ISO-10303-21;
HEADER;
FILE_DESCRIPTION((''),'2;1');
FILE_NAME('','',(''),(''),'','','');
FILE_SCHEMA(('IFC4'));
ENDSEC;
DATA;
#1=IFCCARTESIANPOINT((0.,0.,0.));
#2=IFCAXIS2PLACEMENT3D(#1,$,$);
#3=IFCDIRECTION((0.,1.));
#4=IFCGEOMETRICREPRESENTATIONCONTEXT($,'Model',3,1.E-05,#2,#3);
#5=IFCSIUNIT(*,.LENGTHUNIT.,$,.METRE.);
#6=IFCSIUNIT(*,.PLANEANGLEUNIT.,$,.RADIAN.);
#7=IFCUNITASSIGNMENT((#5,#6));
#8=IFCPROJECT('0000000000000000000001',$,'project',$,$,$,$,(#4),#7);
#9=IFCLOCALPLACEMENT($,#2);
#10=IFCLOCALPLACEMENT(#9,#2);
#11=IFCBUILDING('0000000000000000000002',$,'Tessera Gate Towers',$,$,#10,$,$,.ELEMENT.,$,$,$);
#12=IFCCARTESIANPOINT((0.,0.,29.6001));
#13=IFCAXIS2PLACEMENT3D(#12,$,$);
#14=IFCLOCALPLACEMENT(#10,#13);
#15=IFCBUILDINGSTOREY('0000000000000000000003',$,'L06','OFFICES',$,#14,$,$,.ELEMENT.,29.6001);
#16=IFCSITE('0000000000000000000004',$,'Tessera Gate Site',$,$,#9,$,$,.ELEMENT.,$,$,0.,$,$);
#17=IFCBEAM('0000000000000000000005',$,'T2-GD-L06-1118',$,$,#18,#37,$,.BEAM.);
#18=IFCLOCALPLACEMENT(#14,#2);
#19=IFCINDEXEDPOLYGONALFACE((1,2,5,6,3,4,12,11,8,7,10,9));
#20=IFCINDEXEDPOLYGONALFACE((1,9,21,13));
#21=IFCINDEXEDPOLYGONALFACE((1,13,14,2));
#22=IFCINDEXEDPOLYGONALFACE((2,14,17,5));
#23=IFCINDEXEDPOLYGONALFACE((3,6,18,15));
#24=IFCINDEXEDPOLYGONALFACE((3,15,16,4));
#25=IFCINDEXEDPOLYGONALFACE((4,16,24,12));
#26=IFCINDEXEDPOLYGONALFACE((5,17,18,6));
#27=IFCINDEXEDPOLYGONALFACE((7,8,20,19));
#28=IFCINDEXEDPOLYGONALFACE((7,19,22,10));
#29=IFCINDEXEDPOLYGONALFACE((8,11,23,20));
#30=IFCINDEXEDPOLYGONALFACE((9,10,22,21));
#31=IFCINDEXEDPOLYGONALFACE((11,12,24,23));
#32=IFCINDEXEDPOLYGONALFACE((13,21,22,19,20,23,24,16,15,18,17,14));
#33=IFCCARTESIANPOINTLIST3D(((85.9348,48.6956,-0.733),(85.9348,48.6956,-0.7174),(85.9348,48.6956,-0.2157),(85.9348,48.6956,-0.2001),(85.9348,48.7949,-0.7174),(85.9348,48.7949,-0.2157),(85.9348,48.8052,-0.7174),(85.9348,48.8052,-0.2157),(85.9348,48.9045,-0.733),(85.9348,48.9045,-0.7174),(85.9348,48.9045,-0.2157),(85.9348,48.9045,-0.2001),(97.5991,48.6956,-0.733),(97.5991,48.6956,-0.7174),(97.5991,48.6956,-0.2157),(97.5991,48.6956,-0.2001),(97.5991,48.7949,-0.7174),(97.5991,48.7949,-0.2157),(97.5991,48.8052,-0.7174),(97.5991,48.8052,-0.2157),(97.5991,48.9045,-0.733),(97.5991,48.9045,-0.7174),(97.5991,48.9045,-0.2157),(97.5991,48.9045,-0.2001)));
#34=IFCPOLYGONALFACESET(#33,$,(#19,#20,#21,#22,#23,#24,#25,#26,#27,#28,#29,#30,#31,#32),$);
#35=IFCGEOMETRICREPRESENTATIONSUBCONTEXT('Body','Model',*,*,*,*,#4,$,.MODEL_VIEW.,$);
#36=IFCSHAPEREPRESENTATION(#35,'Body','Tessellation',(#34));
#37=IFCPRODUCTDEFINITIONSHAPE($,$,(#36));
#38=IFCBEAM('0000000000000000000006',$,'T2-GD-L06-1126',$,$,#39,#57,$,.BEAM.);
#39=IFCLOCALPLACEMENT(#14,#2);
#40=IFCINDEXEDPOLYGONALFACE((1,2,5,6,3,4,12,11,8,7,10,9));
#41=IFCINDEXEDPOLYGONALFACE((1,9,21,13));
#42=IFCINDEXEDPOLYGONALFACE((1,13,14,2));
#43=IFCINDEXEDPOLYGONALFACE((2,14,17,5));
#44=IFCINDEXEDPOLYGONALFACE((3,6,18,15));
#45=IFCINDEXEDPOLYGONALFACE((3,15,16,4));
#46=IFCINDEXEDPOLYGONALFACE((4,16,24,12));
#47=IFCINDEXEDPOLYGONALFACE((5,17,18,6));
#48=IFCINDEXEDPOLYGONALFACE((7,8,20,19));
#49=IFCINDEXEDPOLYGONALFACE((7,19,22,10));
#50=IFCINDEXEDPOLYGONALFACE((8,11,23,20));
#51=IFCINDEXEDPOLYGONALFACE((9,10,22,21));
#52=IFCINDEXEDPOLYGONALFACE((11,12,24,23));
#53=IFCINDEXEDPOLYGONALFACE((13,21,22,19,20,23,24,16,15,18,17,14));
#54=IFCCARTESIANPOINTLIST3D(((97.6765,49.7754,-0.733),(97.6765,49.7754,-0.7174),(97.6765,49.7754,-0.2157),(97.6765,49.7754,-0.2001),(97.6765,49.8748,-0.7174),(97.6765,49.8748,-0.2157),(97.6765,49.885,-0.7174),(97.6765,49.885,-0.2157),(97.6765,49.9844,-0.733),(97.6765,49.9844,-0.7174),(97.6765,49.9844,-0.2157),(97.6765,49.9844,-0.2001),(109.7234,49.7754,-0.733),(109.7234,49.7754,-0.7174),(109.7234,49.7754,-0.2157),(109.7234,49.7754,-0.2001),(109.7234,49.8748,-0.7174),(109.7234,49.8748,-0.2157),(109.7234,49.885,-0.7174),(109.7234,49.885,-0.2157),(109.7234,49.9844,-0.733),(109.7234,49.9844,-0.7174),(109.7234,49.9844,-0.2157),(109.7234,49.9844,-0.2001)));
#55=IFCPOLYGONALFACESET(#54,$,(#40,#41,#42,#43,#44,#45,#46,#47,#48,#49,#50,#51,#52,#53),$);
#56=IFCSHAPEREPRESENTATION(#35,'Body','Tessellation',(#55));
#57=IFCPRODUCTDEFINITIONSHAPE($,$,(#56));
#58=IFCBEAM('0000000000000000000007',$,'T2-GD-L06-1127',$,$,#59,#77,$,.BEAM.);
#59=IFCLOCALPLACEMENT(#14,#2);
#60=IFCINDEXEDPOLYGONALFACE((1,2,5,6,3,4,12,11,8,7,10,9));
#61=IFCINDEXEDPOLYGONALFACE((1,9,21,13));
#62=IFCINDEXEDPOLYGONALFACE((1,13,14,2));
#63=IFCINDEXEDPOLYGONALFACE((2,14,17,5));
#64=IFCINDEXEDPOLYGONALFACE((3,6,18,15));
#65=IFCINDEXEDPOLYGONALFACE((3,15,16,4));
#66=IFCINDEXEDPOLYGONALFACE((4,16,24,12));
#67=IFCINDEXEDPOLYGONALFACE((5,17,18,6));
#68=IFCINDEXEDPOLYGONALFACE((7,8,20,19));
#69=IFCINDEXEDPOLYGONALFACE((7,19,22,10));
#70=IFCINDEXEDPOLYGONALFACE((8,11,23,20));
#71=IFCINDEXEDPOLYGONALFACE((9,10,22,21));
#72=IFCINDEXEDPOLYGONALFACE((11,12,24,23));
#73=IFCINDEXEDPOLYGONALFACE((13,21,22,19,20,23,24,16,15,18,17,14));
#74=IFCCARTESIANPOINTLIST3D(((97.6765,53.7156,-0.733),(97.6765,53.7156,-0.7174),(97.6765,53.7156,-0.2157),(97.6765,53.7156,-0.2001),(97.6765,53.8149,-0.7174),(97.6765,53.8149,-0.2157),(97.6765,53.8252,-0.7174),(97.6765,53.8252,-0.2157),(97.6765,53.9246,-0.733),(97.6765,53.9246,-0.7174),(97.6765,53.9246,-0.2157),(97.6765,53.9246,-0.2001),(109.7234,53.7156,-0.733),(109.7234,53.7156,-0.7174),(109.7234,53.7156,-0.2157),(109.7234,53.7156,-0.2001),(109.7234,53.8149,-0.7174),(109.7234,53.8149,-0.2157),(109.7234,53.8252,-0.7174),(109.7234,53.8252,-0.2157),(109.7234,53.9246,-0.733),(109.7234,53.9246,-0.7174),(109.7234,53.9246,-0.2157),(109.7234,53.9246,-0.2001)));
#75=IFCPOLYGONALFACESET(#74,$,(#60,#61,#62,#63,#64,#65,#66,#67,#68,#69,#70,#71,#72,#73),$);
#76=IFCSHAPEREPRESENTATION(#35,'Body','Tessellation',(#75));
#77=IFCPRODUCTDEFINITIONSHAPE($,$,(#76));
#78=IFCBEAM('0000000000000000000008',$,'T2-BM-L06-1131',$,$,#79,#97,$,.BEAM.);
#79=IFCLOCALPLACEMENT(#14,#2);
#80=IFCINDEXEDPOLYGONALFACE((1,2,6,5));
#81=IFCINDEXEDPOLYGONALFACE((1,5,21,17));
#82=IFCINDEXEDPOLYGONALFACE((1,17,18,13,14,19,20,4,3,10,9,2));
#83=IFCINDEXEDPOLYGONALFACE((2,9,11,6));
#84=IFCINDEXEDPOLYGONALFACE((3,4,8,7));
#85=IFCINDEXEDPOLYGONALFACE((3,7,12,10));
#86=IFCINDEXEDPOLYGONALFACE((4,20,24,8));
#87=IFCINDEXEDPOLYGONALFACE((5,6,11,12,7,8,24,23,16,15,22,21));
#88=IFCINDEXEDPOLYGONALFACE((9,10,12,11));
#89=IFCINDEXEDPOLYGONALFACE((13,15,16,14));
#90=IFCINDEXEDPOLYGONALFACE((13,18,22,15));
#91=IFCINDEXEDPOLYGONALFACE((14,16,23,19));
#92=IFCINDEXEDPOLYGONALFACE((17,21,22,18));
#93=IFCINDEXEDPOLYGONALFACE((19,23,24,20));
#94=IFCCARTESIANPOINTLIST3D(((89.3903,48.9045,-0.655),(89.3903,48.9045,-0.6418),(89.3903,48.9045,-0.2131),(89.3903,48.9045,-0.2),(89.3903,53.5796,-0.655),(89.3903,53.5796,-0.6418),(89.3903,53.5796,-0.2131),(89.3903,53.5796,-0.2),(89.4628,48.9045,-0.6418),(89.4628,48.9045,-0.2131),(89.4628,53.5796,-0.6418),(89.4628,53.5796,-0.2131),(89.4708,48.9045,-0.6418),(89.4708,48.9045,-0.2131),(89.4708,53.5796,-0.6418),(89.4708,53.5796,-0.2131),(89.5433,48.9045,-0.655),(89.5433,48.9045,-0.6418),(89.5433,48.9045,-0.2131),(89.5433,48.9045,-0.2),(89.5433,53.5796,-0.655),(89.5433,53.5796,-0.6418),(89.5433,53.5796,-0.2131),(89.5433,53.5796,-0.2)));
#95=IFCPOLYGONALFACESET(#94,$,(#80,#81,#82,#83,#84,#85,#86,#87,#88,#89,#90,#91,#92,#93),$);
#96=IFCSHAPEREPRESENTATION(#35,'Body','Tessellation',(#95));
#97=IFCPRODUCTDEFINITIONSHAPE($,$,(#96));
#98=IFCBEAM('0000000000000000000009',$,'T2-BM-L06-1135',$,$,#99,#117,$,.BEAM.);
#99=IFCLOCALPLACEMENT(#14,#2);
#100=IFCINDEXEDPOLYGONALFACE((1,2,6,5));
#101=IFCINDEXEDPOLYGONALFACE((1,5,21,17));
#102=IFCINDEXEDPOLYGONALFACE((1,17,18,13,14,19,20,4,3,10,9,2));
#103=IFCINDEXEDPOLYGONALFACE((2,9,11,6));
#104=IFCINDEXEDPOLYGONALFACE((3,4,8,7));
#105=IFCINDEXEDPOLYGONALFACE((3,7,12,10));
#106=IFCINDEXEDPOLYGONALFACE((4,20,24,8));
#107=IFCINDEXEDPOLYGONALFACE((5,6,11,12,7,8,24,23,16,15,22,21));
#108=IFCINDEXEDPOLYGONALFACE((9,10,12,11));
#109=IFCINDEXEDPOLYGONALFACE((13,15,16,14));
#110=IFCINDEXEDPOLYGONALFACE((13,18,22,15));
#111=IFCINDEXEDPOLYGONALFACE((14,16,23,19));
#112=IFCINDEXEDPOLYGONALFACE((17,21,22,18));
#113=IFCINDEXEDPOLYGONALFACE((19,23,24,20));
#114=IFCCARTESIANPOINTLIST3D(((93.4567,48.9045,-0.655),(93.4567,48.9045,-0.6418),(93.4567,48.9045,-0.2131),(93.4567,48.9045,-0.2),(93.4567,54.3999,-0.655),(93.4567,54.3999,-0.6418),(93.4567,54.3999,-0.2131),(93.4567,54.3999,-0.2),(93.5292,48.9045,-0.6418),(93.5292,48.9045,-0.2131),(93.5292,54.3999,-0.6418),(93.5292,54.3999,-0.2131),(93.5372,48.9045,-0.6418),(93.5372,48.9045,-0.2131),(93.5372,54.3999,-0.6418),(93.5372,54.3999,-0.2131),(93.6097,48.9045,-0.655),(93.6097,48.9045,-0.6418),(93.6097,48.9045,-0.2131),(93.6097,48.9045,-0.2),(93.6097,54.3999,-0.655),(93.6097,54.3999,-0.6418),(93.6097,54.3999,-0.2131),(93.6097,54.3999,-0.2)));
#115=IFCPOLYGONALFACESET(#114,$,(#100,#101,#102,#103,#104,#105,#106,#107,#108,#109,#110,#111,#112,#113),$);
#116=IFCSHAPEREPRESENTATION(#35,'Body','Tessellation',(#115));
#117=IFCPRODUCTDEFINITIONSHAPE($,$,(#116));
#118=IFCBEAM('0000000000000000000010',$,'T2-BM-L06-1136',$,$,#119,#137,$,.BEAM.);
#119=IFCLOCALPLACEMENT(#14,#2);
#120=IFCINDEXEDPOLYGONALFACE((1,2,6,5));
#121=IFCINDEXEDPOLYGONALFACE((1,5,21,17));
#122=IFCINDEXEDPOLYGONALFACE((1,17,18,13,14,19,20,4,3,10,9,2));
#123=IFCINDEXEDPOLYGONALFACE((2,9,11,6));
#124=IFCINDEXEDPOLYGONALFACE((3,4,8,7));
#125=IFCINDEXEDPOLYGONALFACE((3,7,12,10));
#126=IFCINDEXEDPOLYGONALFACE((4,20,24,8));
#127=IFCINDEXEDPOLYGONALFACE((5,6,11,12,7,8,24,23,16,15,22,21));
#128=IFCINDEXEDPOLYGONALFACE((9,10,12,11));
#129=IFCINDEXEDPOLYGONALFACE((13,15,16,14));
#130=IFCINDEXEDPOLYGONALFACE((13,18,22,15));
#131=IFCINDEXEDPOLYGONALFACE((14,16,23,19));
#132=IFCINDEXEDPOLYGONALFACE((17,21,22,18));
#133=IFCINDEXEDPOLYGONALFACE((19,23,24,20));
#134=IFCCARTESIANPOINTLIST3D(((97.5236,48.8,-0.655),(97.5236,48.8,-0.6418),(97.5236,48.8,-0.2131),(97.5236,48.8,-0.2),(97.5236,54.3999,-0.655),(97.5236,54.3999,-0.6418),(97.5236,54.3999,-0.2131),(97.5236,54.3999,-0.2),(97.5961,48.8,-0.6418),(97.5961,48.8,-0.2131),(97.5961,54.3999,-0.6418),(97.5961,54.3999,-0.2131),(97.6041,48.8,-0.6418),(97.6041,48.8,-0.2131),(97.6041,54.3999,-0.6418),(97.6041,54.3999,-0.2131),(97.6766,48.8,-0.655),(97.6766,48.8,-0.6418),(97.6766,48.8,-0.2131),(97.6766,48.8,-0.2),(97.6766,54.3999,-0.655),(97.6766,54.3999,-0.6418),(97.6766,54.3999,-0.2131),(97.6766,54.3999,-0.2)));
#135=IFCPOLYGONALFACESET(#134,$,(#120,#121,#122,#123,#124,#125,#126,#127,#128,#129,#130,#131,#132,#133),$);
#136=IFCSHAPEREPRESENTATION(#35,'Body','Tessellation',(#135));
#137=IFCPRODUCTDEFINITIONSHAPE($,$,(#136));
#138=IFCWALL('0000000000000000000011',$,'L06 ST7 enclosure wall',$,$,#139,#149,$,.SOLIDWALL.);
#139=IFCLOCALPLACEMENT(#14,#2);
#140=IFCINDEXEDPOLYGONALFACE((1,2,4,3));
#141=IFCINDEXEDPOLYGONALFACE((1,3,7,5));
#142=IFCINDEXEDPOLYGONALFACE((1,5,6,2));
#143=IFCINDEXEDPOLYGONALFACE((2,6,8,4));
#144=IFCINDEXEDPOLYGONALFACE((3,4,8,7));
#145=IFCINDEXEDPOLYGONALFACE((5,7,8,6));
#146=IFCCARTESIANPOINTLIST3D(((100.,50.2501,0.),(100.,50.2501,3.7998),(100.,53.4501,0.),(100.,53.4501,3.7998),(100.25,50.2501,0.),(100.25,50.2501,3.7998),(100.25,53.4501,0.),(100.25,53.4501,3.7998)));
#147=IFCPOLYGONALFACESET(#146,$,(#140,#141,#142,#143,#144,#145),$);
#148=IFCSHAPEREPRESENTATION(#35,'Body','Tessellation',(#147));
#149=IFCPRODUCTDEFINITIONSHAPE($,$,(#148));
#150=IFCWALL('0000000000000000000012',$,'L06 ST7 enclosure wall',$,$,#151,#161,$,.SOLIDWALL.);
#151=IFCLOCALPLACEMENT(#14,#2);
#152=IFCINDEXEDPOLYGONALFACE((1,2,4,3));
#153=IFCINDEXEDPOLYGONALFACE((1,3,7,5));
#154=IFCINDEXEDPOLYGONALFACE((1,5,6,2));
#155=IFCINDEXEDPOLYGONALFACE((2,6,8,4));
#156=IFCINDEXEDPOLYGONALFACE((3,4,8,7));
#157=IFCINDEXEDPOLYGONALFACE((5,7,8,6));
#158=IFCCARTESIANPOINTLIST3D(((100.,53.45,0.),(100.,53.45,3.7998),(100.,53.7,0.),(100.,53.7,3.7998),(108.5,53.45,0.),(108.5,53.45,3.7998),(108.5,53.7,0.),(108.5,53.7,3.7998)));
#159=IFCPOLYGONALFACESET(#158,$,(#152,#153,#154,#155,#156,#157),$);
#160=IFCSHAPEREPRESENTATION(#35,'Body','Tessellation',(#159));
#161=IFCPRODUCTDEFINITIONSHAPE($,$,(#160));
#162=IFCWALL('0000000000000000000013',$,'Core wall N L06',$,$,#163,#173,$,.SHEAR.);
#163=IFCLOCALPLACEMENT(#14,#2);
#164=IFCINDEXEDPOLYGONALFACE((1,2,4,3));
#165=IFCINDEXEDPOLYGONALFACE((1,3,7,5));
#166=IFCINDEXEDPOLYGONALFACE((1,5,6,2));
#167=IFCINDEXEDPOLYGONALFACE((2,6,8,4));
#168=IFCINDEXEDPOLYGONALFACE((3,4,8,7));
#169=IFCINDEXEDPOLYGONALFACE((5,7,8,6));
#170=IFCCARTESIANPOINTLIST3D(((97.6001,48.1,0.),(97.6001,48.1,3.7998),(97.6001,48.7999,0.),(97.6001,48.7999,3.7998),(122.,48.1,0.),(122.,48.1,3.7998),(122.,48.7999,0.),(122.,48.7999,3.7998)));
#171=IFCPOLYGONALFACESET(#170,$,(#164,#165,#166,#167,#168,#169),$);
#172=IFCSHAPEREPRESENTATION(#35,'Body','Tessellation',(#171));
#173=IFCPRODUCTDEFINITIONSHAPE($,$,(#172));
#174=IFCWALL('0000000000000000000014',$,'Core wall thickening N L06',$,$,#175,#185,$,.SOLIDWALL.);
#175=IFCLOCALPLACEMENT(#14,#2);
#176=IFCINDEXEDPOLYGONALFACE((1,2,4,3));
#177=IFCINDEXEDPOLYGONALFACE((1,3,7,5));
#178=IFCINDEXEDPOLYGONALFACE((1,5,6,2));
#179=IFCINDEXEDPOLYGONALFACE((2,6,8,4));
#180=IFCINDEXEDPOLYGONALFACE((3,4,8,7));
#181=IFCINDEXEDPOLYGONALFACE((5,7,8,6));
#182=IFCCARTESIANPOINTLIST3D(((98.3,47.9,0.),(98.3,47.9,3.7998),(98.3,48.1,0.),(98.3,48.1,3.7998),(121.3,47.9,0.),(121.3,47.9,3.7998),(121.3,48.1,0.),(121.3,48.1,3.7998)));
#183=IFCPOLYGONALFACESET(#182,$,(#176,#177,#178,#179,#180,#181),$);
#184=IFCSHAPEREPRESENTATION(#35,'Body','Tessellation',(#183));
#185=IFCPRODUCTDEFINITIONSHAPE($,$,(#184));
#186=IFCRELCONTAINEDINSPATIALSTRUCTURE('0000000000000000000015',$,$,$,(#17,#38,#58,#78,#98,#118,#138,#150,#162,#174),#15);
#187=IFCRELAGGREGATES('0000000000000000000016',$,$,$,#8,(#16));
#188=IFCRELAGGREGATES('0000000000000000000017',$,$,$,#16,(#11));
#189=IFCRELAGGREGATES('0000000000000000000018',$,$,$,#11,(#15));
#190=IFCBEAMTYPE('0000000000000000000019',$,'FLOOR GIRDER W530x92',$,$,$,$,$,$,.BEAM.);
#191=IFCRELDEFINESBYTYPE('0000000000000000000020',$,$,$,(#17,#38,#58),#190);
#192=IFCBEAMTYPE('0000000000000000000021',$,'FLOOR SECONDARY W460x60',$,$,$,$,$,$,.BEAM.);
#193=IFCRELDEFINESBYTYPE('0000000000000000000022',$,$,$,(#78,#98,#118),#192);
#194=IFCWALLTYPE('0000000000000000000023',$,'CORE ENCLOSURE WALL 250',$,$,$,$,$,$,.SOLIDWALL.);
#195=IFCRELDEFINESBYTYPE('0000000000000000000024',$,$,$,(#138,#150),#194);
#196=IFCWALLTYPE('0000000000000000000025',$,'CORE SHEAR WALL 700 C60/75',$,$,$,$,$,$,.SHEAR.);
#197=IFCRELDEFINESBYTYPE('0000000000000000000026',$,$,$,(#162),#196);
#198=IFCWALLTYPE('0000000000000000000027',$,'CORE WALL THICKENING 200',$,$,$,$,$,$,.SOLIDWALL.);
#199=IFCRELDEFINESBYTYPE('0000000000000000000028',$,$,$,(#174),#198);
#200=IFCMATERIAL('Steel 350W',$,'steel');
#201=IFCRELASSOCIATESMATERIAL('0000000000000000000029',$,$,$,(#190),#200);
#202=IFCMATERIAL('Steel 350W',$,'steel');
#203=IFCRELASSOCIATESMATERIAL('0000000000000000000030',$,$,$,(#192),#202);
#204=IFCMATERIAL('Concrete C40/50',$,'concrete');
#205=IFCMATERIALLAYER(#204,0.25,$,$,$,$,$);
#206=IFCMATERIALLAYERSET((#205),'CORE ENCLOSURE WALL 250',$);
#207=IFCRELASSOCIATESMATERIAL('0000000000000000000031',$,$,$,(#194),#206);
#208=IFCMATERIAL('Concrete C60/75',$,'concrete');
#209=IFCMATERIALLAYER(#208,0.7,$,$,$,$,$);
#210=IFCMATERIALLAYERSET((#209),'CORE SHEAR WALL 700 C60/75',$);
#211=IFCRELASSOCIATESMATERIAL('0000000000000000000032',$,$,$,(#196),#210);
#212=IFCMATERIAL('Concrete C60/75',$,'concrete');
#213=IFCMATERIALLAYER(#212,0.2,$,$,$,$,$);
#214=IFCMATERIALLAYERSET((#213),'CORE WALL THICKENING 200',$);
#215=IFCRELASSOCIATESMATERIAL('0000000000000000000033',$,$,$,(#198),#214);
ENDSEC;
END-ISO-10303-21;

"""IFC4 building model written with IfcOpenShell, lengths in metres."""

from ifc_helpers import new_model, si_unit, direction, frame, frame_2d, origin, origin_2d, place, context, subcontext, project, spatial, rectangle, i_section, extrude, material, layer, layer_set, material_profile, profile_set, type_object, element, save


model = new_model("IFC4")

# Units and contexts
model_context = context("Model", 3, precision=1e-05, world=origin(), true_north=direction((0.0, 1.0)))
body_context = subcontext(model_context, "Body", "Model", "MODEL_VIEW")
ifc_project = project(units=[si_unit("LENGTHUNIT", "METRE"), si_unit("PLANEANGLEUNIT", "RADIAN")], contexts=[model_context])

# Site, building, storey
site_placement = place(None, origin())
site = spatial("IfcSite", under=ifc_project, at=site_placement, Name="Tessera Gate Site", CompositionType="ELEMENT", RefElevation=0.0)
building_placement = place(site_placement, origin())
building = spatial("IfcBuilding", under=site, at=building_placement, Name="Tessera Gate Towers", CompositionType="ELEMENT")
storey_placement = place(building_placement, frame((0.0, 0.0, 29.6001)))
storey = spatial("IfcBuildingStorey", under=building, at=storey_placement, Name="L06", Description="OFFICES", CompositionType="ELEMENT", Elevation=29.6001)

# Beams
ifc_material_1 = material(Name="Steel 350W", Category="steel")
ifc_material_profile_1 = material_profile(ifc_material_1, i_section(OverallWidth=0.209, OverallDepth=0.533, WebThickness=0.0103, FlangeThickness=0.0156, at=origin_2d()), Name="W530x92")
ifc_profile_set_1 = profile_set([ifc_material_profile_1], Name="Steel 350W")
beam_type_1 = type_object("IfcBeamType", Name="FLOOR GIRDER W530x92", PredefinedType="BEAM", material=ifc_profile_set_1)
beam_1_placement = place(storey_placement, frame((85.9348, 48.8, -0.4666), z_axis=(1.0, 0.0, 0.0), x_axis=(0.0, 1.0, 0.0)))
element("IfcBeam", 1, at=beam_1_placement, inside=storey, type_object=beam_type_1, Name="T2-GD-L06-1118", PredefinedType="BEAM", context=body_context, shape_type="SweptSolid", body=[
    extrude(i_section(OverallWidth=0.209, OverallDepth=0.533, WebThickness=0.0103, FlangeThickness=0.0156, at=origin_2d()), origin(), (0.0, 0.0, 1.0), 11.6643),
])
for number, where, z_axis, x_axis, name in (
    (2, (97.6765, 49.8799, -0.4666), (1.0, 0.0, 0.0), (0.0, 1.0, 0.0), "T2-GD-L06-1126"),
    (3, (97.6765, 53.8201, -0.4666), (1.0, 0.0, 0.0), (0.0, 1.0, 0.0), "T2-GD-L06-1127"),
):
    element("IfcBeam", number, at=place(storey_placement, frame(where, z_axis=z_axis, x_axis=x_axis)), inside=storey, type_object=beam_type_1, Name=name, PredefinedType="BEAM", context=body_context, shape_type="SweptSolid", body=[
        extrude(i_section(OverallWidth=0.209, OverallDepth=0.533, WebThickness=0.0103, FlangeThickness=0.0156, at=origin_2d()), origin(), (0.0, 0.0, 1.0), 12.0469),
    ])
ifc_material_2 = material(Name="Steel 350W", Category="steel")
ifc_material_profile_2 = material_profile(ifc_material_2, i_section(OverallWidth=0.1531, OverallDepth=0.4551, WebThickness=0.0081, FlangeThickness=0.0132, at=origin_2d()), Name="W460x60")
ifc_profile_set_2 = profile_set([ifc_material_profile_2], Name="Steel 350W")
beam_type_2 = type_object("IfcBeamType", Name="FLOOR SECONDARY W460x60", PredefinedType="BEAM", material=ifc_profile_set_2)
beam_2_placement = place(storey_placement, frame((89.4668, 48.9045, -0.4275), z_axis=(0.0, 1.0, 0.0), x_axis=(-1.0, 0.0, 0.0)))
element("IfcBeam", 4, at=beam_2_placement, inside=storey, type_object=beam_type_2, Name="T2-BM-L06-1131", PredefinedType="BEAM", context=body_context, shape_type="SweptSolid", body=[
    extrude(i_section(OverallWidth=0.1531, OverallDepth=0.4551, WebThickness=0.0081, FlangeThickness=0.0132, at=origin_2d()), origin(), (0.0, 0.0, 1.0), 4.675),
])
beam_3_placement = place(storey_placement, frame((93.5332, 48.9045, -0.4275), z_axis=(0.0, 1.0, 0.0), x_axis=(-1.0, 0.0, 0.0)))
element("IfcBeam", 5, at=beam_3_placement, inside=storey, type_object=beam_type_2, Name="T2-BM-L06-1135", PredefinedType="BEAM", context=body_context, shape_type="SweptSolid", body=[
    extrude(i_section(OverallWidth=0.1531, OverallDepth=0.4551, WebThickness=0.0081, FlangeThickness=0.0132, at=origin_2d()), origin(), (0.0, 0.0, 1.0), 5.4954),
])
beam_4_placement = place(storey_placement, frame((97.6001, 48.8, -0.4275), z_axis=(0.0, 1.0, 0.0), x_axis=(-1.0, 0.0, 0.0)))
element("IfcBeam", 6, at=beam_4_placement, inside=storey, type_object=beam_type_2, Name="T2-BM-L06-1136", PredefinedType="BEAM", context=body_context, shape_type="SweptSolid", body=[
    extrude(i_section(OverallWidth=0.1531, OverallDepth=0.4551, WebThickness=0.0081, FlangeThickness=0.0132, at=origin_2d()), origin(), (0.0, 0.0, 1.0), 5.5999),
])

# Walls
ifc_material_3 = material(Name="Concrete C40/50", Category="concrete")
ifc_layer_1 = layer(ifc_material_3, 0.25)
ifc_layer_set_1 = layer_set([ifc_layer_1], Name="CORE ENCLOSURE WALL 250")
wall_type_1 = type_object("IfcWallType", Name="CORE ENCLOSURE WALL 250", PredefinedType="SOLIDWALL", material=ifc_layer_set_1)
wall_1_placement = place(storey_placement, frame((100.125, 50.25, 0.0), z_axis=(0.0, 0.0, 1.0), x_axis=(0.0, 1.0, 0.0)))
element("IfcWall", 7, at=wall_1_placement, inside=storey, type_object=wall_type_1, Name="L06 ST7 enclosure wall", PredefinedType="SOLIDWALL", context=body_context, shape_type="SweptSolid", body=[
    extrude(rectangle(XDim=3.2, YDim=0.25, at=frame_2d((1.6001, 0.0))), origin(), (0.0, 0.0, 1.0), 3.7998),
])
wall_2_placement = place(storey_placement, frame((100.0, 53.575, 0.0), z_axis=(0.0, 0.0, 1.0), x_axis=(1.0, 0.0, 0.0)))
element("IfcWall", 8, at=wall_2_placement, inside=storey, type_object=wall_type_1, Name="L06 ST7 enclosure wall", PredefinedType="SOLIDWALL", context=body_context, shape_type="SweptSolid", body=[
    extrude(rectangle(XDim=8.5, YDim=0.25, at=frame_2d((4.25, 0.0))), origin(), (0.0, 0.0, 1.0), 3.7998),
])
ifc_material_4 = material(Name="Concrete C60/75", Category="concrete")
ifc_layer_2 = layer(ifc_material_4, 0.7)
ifc_layer_set_2 = layer_set([ifc_layer_2], Name="CORE SHEAR WALL 700 C60/75")
wall_type_2 = type_object("IfcWallType", Name="CORE SHEAR WALL 700 C60/75", PredefinedType="SHEAR", material=ifc_layer_set_2)
wall_3_placement = place(storey_placement, frame((97.6001, 48.45, 0.0), z_axis=(0.0, 0.0, 1.0), x_axis=(1.0, 0.0, 0.0)))
element("IfcWall", 9, at=wall_3_placement, inside=storey, type_object=wall_type_2, Name="Core wall N L06", PredefinedType="SHEAR", context=body_context, shape_type="SweptSolid", body=[
    extrude(rectangle(XDim=24.3999, YDim=0.7, at=frame_2d((12.2, 0.0))), origin(), (0.0, 0.0, 1.0), 3.7998),
])
ifc_material_5 = material(Name="Concrete C60/75", Category="concrete")
ifc_layer_3 = layer(ifc_material_5, 0.2)
ifc_layer_set_3 = layer_set([ifc_layer_3], Name="CORE WALL THICKENING 200")
wall_type_3 = type_object("IfcWallType", Name="CORE WALL THICKENING 200", PredefinedType="SOLIDWALL", material=ifc_layer_set_3)
wall_4_placement = place(storey_placement, frame((98.3, 48.0, 0.0), z_axis=(0.0, 0.0, 1.0), x_axis=(1.0, 0.0, 0.0)))
element("IfcWall", 10, at=wall_4_placement, inside=storey, type_object=wall_type_3, Name="Core wall thickening N L06", PredefinedType="SOLIDWALL", context=body_context, shape_type="SweptSolid", body=[
    extrude(rectangle(XDim=23.0, YDim=0.2, at=frame_2d((11.5, 0.0))), origin(), (0.0, 0.0, 1.0), 3.7998),
])

save(model, "model.ifc")
